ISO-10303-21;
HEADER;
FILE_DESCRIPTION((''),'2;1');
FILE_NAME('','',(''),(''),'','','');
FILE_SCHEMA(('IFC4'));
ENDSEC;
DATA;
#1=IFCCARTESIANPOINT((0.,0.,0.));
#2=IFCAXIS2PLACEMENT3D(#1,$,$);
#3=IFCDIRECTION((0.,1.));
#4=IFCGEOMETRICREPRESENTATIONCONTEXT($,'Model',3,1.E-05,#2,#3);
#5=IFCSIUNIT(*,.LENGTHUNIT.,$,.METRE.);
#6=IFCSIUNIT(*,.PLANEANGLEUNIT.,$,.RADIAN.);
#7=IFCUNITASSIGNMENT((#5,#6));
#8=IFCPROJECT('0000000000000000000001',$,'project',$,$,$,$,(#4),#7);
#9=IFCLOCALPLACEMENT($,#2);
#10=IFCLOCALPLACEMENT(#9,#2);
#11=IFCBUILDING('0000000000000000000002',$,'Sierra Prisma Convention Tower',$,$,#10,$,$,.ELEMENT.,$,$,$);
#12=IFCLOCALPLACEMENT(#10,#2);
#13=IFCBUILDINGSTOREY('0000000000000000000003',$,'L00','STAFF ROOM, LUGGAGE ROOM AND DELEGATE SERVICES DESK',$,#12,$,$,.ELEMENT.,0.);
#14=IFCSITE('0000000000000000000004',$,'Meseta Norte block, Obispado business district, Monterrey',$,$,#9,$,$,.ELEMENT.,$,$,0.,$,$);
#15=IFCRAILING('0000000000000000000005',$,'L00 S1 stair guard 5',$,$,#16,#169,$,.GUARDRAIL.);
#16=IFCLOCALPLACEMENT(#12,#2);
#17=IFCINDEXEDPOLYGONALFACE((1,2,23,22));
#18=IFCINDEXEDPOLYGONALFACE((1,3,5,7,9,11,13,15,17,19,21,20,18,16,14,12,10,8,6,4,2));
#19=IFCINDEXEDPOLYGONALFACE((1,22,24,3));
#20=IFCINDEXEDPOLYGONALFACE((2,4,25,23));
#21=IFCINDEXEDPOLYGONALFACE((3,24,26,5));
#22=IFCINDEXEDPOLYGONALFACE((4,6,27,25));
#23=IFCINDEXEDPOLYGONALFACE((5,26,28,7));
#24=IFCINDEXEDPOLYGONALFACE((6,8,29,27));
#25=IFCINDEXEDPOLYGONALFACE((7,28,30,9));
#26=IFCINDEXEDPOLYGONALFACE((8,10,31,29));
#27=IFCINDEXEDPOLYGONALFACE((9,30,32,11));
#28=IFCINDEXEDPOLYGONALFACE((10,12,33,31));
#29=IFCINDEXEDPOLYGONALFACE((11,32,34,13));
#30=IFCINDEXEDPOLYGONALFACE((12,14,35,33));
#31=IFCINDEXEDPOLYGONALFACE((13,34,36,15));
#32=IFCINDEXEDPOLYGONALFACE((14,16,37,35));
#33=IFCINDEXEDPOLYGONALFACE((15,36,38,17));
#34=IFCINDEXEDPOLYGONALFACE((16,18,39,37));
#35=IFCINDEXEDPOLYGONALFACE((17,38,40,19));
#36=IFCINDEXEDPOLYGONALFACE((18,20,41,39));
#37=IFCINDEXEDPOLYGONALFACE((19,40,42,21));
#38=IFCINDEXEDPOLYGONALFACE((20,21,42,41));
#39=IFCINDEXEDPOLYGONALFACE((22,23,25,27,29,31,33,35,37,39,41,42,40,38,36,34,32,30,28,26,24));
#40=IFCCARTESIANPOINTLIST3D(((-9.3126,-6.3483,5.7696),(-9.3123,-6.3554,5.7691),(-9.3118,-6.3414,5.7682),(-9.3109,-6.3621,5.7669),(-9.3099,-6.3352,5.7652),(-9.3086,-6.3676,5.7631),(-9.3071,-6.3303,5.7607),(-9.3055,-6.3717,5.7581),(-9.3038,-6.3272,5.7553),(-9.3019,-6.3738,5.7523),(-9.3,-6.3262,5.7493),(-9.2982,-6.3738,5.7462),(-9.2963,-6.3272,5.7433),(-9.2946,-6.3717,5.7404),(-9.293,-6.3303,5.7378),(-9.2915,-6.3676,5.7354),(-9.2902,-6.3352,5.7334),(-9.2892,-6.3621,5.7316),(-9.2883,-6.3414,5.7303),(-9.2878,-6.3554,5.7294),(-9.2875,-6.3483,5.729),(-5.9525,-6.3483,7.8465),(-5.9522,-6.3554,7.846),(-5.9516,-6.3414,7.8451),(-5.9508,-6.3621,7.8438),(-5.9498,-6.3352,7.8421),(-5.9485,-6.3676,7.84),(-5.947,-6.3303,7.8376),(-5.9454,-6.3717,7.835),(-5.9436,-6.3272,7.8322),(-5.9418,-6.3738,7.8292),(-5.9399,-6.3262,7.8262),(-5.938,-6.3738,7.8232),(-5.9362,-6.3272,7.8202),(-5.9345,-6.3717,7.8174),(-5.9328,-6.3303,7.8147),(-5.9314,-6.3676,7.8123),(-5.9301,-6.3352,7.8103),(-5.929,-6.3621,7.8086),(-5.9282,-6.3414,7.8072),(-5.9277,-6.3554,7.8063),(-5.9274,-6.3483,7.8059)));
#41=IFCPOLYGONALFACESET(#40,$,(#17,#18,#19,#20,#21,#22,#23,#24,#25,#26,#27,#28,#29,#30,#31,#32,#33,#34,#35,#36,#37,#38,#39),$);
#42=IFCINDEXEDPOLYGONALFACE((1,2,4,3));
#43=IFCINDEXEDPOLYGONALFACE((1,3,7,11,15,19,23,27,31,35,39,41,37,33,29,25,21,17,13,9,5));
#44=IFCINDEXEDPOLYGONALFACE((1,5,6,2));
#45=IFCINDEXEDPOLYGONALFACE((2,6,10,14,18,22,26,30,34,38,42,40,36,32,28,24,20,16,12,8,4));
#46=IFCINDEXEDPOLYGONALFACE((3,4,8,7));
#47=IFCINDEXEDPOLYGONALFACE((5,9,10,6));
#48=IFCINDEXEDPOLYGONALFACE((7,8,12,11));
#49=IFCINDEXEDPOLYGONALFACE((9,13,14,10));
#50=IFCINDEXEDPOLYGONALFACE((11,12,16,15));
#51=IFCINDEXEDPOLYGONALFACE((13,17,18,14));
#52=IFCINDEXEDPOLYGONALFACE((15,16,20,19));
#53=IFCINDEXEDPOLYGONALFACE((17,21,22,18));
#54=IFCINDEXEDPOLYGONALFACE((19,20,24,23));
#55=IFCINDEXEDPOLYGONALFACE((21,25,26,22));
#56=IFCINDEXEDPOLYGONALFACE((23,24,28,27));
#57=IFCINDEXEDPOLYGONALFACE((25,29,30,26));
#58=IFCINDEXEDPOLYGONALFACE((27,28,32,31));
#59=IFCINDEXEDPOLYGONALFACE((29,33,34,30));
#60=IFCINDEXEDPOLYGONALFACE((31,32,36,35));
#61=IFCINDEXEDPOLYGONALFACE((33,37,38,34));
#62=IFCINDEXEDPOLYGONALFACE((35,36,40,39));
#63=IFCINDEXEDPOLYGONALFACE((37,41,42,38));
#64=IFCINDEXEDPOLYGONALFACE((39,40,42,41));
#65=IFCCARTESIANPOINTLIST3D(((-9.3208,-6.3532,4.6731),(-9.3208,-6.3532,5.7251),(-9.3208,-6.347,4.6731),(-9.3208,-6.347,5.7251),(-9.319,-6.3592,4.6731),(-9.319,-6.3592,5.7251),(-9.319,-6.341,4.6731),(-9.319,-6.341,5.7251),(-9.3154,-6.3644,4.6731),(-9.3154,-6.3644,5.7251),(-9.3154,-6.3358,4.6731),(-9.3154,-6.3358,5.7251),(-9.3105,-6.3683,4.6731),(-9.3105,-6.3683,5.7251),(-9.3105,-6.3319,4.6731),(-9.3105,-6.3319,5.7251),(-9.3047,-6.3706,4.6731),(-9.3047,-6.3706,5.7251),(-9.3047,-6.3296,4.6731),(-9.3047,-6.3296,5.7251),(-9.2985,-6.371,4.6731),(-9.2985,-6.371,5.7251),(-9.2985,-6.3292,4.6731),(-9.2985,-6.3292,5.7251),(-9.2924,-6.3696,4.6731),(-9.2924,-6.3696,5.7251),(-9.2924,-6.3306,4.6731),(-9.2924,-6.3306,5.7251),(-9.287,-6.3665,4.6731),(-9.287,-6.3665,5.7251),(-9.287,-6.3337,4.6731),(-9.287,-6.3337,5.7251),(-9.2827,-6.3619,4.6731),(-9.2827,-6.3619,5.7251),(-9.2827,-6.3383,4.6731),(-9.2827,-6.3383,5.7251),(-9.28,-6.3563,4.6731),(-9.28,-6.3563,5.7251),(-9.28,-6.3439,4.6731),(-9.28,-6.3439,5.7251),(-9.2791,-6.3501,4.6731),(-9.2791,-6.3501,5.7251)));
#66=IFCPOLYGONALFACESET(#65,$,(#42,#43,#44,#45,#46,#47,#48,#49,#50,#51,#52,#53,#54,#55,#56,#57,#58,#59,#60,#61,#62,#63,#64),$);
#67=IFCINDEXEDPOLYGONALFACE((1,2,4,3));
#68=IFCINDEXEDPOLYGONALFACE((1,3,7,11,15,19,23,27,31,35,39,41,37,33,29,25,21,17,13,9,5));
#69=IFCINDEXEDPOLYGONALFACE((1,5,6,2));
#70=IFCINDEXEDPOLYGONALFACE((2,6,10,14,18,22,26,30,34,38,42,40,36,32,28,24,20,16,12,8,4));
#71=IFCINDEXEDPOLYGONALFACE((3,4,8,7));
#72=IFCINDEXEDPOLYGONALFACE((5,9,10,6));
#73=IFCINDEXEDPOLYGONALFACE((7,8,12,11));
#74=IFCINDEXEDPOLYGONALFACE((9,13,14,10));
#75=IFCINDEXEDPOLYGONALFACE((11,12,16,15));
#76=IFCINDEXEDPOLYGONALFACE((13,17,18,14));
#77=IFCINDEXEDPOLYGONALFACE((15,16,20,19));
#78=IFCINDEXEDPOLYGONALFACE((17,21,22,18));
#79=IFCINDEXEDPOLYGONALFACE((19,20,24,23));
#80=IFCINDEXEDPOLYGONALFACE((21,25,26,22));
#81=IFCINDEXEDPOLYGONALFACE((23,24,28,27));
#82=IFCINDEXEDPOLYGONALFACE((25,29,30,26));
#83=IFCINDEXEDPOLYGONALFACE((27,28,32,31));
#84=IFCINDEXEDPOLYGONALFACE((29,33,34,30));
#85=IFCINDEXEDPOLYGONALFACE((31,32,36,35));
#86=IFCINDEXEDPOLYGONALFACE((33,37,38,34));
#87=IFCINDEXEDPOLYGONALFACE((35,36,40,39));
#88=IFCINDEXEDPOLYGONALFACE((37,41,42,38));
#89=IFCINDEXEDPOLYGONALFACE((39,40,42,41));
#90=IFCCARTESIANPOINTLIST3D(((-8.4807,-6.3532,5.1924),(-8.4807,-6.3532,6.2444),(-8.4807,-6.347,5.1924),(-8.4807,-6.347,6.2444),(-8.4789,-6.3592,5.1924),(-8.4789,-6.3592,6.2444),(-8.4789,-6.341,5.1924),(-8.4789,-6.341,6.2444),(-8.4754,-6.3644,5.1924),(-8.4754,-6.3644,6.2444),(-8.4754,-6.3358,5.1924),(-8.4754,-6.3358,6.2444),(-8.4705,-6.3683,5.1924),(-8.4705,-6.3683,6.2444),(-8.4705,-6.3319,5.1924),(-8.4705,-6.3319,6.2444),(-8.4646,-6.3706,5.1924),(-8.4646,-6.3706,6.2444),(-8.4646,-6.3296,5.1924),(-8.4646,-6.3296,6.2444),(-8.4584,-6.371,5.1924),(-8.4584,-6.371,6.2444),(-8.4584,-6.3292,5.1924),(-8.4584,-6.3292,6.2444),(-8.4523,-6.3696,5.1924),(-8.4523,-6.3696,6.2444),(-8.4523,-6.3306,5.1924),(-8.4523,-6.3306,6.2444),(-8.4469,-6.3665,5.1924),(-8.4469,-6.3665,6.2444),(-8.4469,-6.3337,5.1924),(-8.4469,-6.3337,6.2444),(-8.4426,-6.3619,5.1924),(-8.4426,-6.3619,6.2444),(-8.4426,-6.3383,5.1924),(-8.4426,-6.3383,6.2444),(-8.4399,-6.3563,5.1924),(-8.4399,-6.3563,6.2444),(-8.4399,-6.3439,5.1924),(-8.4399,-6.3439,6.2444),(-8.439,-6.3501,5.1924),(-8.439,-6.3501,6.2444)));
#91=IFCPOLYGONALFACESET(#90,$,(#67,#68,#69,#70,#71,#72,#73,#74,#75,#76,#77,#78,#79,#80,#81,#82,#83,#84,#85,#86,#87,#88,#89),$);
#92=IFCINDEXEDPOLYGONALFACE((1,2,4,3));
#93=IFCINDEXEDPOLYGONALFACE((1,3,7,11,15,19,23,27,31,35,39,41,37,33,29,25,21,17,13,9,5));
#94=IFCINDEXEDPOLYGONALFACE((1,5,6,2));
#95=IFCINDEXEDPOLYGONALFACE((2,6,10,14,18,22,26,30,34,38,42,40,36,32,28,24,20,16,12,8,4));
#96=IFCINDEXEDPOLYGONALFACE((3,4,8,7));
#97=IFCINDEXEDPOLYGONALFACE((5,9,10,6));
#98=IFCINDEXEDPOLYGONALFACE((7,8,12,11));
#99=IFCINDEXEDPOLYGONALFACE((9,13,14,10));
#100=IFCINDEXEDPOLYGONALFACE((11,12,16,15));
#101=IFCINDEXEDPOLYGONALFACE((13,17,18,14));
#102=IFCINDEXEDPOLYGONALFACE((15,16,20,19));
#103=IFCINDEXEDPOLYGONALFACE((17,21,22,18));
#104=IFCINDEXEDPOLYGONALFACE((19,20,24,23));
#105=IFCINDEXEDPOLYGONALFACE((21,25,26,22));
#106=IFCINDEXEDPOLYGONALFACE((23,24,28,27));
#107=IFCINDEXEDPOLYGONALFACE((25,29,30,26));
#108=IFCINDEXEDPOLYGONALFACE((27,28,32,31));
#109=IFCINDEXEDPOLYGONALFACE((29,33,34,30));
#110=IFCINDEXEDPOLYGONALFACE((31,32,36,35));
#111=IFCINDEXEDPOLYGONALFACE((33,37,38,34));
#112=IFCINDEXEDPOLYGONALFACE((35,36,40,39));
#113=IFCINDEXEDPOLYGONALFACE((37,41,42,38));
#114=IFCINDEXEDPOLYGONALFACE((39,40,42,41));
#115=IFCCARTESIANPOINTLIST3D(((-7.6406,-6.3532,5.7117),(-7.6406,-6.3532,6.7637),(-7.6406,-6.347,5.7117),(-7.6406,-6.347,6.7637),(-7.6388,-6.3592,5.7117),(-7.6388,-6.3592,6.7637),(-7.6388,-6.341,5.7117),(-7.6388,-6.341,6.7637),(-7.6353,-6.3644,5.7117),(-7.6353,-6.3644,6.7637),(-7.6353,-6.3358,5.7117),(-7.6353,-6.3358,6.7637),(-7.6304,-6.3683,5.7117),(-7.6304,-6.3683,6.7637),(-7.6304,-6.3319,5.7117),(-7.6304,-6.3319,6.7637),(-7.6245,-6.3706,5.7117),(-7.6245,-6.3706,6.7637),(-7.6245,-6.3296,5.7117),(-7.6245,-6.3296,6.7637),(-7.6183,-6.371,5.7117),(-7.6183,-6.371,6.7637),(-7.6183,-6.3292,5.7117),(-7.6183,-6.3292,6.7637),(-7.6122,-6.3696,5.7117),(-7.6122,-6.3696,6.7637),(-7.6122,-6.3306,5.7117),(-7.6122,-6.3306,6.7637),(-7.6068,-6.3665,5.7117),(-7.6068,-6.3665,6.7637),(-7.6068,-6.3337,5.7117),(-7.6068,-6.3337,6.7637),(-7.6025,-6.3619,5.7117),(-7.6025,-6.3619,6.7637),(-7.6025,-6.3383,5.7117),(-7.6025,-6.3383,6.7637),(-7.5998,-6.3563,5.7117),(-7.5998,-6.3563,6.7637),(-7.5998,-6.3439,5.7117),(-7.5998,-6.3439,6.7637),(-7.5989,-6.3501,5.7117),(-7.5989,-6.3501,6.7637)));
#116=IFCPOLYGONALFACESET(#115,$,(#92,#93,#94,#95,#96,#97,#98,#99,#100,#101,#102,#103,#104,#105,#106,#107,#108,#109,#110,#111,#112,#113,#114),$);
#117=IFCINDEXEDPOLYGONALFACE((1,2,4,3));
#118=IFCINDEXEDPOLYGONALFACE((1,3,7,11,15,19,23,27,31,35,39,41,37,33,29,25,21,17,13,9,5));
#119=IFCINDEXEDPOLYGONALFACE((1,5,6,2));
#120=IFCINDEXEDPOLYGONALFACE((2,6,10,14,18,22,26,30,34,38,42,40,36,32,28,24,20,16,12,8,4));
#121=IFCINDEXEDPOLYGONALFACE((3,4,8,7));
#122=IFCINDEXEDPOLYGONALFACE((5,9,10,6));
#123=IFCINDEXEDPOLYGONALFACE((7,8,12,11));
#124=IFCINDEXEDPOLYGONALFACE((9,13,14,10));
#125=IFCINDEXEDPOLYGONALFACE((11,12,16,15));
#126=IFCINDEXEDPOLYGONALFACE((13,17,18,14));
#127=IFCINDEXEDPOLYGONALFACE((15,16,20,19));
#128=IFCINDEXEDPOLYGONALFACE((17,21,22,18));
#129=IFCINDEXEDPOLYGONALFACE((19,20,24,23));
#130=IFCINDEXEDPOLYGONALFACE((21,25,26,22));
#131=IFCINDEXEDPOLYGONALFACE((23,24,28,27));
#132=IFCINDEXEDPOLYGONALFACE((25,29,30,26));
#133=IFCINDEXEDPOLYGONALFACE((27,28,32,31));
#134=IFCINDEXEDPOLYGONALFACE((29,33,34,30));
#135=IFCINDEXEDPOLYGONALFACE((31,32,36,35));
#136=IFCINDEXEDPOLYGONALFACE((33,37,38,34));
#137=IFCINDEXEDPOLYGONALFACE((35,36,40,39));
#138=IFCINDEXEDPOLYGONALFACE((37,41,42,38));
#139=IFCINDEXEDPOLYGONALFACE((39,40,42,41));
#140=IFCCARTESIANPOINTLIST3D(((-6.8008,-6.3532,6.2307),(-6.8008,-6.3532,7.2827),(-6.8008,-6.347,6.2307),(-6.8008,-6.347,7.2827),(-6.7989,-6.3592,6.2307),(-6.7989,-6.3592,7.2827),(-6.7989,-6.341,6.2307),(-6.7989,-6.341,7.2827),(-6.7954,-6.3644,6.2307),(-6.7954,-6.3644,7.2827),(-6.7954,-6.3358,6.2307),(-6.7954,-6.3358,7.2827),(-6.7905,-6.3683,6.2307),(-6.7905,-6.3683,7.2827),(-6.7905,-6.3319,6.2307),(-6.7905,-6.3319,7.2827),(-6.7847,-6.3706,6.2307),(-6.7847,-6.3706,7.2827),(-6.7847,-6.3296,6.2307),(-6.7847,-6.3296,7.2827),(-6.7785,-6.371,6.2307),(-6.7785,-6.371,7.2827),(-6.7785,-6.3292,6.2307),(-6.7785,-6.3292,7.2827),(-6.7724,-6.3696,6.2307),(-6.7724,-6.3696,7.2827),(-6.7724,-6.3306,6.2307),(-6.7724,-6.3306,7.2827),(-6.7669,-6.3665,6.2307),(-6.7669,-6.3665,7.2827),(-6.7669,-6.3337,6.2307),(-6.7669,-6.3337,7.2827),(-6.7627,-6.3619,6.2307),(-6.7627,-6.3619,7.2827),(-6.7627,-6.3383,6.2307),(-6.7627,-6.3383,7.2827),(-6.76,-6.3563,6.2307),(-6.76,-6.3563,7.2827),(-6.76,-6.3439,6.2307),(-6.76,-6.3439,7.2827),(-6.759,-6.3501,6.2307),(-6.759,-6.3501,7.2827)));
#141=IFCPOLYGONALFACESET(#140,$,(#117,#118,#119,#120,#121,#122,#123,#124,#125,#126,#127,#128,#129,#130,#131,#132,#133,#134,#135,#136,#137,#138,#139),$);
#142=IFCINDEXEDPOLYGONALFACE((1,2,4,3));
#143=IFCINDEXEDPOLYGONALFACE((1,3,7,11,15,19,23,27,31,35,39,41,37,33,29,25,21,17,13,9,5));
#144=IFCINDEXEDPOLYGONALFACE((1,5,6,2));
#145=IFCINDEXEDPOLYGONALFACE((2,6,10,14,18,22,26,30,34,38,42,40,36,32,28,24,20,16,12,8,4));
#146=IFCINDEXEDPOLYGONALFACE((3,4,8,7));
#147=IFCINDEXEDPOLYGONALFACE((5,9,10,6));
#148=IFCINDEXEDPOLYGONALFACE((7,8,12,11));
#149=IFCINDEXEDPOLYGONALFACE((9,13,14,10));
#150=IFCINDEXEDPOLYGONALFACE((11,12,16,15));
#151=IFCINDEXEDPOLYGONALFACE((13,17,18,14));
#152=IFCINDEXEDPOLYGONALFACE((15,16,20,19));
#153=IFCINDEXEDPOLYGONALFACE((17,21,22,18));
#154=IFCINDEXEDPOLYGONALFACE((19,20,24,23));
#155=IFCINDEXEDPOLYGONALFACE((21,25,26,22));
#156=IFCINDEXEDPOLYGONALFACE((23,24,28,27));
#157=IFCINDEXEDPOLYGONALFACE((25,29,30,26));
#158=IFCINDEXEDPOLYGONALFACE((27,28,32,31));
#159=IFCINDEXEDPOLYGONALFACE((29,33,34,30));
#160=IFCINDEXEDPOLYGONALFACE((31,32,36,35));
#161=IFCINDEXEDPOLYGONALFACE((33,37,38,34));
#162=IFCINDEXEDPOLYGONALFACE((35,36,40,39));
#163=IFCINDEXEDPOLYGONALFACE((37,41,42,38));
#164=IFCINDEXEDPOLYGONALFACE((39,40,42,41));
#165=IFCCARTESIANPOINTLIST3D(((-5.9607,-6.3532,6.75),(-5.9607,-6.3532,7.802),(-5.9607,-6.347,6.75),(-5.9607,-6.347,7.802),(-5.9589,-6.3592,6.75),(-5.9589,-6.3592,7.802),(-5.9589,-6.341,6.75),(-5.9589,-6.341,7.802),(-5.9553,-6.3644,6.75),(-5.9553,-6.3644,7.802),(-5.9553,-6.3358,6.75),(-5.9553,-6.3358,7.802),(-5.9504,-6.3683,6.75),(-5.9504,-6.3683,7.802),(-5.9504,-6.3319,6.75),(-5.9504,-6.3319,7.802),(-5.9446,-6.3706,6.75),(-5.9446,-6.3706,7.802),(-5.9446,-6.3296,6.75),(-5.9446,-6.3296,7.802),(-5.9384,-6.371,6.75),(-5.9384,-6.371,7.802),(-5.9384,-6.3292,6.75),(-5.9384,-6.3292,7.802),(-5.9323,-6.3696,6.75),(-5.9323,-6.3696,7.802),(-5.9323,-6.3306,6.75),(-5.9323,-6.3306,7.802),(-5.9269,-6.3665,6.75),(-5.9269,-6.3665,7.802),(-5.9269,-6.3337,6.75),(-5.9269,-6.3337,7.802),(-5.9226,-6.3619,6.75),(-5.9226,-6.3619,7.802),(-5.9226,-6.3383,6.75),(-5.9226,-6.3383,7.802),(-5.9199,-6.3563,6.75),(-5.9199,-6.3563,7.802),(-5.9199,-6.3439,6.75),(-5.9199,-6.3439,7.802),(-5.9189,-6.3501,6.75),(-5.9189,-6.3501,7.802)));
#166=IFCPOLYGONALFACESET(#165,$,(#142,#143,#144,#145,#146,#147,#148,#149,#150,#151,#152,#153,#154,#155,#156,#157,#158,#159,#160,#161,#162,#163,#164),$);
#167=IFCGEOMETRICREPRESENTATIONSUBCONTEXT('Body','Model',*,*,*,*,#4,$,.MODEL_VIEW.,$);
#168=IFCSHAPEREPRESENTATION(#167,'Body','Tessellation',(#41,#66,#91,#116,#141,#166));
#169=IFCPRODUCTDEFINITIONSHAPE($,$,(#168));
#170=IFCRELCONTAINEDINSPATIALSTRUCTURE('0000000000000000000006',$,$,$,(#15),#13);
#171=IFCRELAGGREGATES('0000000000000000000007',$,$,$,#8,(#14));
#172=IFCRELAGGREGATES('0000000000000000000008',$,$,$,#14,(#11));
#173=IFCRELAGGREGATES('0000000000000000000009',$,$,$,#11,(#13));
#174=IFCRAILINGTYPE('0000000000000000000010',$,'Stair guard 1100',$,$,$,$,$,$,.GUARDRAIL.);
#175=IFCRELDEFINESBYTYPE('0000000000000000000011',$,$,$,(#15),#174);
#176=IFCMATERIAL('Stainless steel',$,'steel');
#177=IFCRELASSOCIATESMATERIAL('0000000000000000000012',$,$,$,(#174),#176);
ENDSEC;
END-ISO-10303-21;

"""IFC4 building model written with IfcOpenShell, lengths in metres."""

from ifc_helpers import new_model, si_unit, direction, frame, origin, origin_2d, place, context, subcontext, project, spatial, circle, extrude, material, type_object, element, save


model = new_model("IFC4")

# Units and contexts
model_context = context("Model", 3, precision=1e-05, world=origin(), true_north=direction((0.0, 1.0)))
body_context = subcontext(model_context, "Body", "Model", "MODEL_VIEW")
ifc_project = project(units=[si_unit("LENGTHUNIT", "METRE"), si_unit("PLANEANGLEUNIT", "RADIAN")], contexts=[model_context])

# Site, building, storey
site_placement = place(None, origin())
site = spatial("IfcSite", under=ifc_project, at=site_placement, Name="Meseta Norte block, Obispado business district, Monterrey", CompositionType="ELEMENT", RefElevation=0.0)
building_placement = place(site_placement, origin())
building = spatial("IfcBuilding", under=site, at=building_placement, Name="Sierra Prisma Convention Tower", CompositionType="ELEMENT")
storey_placement = place(building_placement, origin())
storey = spatial("IfcBuildingStorey", under=building, at=storey_placement, Name="L00", Description="STAFF ROOM, LUGGAGE ROOM AND DELEGATE SERVICES DESK", CompositionType="ELEMENT", Elevation=0.0)

# Railing
ifc_material_1 = material(Name="Stainless steel", Category="steel")
railing_type_1 = type_object("IfcRailingType", Name="Stair guard 1100", PredefinedType="GUARDRAIL", material=ifc_material_1)
railing_1_placement = place(storey_placement, frame((-9.3, -6.3501, 4.6731)))
element("IfcRailing", 1, at=railing_1_placement, inside=storey, type_object=railing_type_1, Name="L00 S1 stair guard 5", PredefinedType="GUARDRAIL", context=body_context, shape_type="SweptSolid", body=[
    extrude(circle(Radius=0.0239, at=origin_2d()), frame((0.0, 0.0, 1.0762), z_axis=(0.850623, 0.0, 0.525776), x_axis=(0.0, 1.0, 0.0)), (0.0, 0.0, 1.0), 3.9502),
    extrude(circle(Radius=0.021, at=origin_2d()), origin(), (0.0, 0.0, 1.0), 1.052),
    extrude(circle(Radius=0.021, at=origin_2d()), frame((0.8401, 0.0, 0.5193)), (0.0, 0.0, 1.0), 1.052),
    extrude(circle(Radius=0.021, at=origin_2d()), frame((1.6802, 0.0, 1.0386)), (0.0, 0.0, 1.0), 1.052),
    extrude(circle(Radius=0.021, at=origin_2d()), frame((2.52, 0.0, 1.5576)), (0.0, 0.0, 1.0), 1.052),
    extrude(circle(Radius=0.021, at=origin_2d()), frame((3.3601, 0.0, 2.0769)), (0.0, 0.0, 1.0), 1.052),
])

save(model, "model.ifc")
